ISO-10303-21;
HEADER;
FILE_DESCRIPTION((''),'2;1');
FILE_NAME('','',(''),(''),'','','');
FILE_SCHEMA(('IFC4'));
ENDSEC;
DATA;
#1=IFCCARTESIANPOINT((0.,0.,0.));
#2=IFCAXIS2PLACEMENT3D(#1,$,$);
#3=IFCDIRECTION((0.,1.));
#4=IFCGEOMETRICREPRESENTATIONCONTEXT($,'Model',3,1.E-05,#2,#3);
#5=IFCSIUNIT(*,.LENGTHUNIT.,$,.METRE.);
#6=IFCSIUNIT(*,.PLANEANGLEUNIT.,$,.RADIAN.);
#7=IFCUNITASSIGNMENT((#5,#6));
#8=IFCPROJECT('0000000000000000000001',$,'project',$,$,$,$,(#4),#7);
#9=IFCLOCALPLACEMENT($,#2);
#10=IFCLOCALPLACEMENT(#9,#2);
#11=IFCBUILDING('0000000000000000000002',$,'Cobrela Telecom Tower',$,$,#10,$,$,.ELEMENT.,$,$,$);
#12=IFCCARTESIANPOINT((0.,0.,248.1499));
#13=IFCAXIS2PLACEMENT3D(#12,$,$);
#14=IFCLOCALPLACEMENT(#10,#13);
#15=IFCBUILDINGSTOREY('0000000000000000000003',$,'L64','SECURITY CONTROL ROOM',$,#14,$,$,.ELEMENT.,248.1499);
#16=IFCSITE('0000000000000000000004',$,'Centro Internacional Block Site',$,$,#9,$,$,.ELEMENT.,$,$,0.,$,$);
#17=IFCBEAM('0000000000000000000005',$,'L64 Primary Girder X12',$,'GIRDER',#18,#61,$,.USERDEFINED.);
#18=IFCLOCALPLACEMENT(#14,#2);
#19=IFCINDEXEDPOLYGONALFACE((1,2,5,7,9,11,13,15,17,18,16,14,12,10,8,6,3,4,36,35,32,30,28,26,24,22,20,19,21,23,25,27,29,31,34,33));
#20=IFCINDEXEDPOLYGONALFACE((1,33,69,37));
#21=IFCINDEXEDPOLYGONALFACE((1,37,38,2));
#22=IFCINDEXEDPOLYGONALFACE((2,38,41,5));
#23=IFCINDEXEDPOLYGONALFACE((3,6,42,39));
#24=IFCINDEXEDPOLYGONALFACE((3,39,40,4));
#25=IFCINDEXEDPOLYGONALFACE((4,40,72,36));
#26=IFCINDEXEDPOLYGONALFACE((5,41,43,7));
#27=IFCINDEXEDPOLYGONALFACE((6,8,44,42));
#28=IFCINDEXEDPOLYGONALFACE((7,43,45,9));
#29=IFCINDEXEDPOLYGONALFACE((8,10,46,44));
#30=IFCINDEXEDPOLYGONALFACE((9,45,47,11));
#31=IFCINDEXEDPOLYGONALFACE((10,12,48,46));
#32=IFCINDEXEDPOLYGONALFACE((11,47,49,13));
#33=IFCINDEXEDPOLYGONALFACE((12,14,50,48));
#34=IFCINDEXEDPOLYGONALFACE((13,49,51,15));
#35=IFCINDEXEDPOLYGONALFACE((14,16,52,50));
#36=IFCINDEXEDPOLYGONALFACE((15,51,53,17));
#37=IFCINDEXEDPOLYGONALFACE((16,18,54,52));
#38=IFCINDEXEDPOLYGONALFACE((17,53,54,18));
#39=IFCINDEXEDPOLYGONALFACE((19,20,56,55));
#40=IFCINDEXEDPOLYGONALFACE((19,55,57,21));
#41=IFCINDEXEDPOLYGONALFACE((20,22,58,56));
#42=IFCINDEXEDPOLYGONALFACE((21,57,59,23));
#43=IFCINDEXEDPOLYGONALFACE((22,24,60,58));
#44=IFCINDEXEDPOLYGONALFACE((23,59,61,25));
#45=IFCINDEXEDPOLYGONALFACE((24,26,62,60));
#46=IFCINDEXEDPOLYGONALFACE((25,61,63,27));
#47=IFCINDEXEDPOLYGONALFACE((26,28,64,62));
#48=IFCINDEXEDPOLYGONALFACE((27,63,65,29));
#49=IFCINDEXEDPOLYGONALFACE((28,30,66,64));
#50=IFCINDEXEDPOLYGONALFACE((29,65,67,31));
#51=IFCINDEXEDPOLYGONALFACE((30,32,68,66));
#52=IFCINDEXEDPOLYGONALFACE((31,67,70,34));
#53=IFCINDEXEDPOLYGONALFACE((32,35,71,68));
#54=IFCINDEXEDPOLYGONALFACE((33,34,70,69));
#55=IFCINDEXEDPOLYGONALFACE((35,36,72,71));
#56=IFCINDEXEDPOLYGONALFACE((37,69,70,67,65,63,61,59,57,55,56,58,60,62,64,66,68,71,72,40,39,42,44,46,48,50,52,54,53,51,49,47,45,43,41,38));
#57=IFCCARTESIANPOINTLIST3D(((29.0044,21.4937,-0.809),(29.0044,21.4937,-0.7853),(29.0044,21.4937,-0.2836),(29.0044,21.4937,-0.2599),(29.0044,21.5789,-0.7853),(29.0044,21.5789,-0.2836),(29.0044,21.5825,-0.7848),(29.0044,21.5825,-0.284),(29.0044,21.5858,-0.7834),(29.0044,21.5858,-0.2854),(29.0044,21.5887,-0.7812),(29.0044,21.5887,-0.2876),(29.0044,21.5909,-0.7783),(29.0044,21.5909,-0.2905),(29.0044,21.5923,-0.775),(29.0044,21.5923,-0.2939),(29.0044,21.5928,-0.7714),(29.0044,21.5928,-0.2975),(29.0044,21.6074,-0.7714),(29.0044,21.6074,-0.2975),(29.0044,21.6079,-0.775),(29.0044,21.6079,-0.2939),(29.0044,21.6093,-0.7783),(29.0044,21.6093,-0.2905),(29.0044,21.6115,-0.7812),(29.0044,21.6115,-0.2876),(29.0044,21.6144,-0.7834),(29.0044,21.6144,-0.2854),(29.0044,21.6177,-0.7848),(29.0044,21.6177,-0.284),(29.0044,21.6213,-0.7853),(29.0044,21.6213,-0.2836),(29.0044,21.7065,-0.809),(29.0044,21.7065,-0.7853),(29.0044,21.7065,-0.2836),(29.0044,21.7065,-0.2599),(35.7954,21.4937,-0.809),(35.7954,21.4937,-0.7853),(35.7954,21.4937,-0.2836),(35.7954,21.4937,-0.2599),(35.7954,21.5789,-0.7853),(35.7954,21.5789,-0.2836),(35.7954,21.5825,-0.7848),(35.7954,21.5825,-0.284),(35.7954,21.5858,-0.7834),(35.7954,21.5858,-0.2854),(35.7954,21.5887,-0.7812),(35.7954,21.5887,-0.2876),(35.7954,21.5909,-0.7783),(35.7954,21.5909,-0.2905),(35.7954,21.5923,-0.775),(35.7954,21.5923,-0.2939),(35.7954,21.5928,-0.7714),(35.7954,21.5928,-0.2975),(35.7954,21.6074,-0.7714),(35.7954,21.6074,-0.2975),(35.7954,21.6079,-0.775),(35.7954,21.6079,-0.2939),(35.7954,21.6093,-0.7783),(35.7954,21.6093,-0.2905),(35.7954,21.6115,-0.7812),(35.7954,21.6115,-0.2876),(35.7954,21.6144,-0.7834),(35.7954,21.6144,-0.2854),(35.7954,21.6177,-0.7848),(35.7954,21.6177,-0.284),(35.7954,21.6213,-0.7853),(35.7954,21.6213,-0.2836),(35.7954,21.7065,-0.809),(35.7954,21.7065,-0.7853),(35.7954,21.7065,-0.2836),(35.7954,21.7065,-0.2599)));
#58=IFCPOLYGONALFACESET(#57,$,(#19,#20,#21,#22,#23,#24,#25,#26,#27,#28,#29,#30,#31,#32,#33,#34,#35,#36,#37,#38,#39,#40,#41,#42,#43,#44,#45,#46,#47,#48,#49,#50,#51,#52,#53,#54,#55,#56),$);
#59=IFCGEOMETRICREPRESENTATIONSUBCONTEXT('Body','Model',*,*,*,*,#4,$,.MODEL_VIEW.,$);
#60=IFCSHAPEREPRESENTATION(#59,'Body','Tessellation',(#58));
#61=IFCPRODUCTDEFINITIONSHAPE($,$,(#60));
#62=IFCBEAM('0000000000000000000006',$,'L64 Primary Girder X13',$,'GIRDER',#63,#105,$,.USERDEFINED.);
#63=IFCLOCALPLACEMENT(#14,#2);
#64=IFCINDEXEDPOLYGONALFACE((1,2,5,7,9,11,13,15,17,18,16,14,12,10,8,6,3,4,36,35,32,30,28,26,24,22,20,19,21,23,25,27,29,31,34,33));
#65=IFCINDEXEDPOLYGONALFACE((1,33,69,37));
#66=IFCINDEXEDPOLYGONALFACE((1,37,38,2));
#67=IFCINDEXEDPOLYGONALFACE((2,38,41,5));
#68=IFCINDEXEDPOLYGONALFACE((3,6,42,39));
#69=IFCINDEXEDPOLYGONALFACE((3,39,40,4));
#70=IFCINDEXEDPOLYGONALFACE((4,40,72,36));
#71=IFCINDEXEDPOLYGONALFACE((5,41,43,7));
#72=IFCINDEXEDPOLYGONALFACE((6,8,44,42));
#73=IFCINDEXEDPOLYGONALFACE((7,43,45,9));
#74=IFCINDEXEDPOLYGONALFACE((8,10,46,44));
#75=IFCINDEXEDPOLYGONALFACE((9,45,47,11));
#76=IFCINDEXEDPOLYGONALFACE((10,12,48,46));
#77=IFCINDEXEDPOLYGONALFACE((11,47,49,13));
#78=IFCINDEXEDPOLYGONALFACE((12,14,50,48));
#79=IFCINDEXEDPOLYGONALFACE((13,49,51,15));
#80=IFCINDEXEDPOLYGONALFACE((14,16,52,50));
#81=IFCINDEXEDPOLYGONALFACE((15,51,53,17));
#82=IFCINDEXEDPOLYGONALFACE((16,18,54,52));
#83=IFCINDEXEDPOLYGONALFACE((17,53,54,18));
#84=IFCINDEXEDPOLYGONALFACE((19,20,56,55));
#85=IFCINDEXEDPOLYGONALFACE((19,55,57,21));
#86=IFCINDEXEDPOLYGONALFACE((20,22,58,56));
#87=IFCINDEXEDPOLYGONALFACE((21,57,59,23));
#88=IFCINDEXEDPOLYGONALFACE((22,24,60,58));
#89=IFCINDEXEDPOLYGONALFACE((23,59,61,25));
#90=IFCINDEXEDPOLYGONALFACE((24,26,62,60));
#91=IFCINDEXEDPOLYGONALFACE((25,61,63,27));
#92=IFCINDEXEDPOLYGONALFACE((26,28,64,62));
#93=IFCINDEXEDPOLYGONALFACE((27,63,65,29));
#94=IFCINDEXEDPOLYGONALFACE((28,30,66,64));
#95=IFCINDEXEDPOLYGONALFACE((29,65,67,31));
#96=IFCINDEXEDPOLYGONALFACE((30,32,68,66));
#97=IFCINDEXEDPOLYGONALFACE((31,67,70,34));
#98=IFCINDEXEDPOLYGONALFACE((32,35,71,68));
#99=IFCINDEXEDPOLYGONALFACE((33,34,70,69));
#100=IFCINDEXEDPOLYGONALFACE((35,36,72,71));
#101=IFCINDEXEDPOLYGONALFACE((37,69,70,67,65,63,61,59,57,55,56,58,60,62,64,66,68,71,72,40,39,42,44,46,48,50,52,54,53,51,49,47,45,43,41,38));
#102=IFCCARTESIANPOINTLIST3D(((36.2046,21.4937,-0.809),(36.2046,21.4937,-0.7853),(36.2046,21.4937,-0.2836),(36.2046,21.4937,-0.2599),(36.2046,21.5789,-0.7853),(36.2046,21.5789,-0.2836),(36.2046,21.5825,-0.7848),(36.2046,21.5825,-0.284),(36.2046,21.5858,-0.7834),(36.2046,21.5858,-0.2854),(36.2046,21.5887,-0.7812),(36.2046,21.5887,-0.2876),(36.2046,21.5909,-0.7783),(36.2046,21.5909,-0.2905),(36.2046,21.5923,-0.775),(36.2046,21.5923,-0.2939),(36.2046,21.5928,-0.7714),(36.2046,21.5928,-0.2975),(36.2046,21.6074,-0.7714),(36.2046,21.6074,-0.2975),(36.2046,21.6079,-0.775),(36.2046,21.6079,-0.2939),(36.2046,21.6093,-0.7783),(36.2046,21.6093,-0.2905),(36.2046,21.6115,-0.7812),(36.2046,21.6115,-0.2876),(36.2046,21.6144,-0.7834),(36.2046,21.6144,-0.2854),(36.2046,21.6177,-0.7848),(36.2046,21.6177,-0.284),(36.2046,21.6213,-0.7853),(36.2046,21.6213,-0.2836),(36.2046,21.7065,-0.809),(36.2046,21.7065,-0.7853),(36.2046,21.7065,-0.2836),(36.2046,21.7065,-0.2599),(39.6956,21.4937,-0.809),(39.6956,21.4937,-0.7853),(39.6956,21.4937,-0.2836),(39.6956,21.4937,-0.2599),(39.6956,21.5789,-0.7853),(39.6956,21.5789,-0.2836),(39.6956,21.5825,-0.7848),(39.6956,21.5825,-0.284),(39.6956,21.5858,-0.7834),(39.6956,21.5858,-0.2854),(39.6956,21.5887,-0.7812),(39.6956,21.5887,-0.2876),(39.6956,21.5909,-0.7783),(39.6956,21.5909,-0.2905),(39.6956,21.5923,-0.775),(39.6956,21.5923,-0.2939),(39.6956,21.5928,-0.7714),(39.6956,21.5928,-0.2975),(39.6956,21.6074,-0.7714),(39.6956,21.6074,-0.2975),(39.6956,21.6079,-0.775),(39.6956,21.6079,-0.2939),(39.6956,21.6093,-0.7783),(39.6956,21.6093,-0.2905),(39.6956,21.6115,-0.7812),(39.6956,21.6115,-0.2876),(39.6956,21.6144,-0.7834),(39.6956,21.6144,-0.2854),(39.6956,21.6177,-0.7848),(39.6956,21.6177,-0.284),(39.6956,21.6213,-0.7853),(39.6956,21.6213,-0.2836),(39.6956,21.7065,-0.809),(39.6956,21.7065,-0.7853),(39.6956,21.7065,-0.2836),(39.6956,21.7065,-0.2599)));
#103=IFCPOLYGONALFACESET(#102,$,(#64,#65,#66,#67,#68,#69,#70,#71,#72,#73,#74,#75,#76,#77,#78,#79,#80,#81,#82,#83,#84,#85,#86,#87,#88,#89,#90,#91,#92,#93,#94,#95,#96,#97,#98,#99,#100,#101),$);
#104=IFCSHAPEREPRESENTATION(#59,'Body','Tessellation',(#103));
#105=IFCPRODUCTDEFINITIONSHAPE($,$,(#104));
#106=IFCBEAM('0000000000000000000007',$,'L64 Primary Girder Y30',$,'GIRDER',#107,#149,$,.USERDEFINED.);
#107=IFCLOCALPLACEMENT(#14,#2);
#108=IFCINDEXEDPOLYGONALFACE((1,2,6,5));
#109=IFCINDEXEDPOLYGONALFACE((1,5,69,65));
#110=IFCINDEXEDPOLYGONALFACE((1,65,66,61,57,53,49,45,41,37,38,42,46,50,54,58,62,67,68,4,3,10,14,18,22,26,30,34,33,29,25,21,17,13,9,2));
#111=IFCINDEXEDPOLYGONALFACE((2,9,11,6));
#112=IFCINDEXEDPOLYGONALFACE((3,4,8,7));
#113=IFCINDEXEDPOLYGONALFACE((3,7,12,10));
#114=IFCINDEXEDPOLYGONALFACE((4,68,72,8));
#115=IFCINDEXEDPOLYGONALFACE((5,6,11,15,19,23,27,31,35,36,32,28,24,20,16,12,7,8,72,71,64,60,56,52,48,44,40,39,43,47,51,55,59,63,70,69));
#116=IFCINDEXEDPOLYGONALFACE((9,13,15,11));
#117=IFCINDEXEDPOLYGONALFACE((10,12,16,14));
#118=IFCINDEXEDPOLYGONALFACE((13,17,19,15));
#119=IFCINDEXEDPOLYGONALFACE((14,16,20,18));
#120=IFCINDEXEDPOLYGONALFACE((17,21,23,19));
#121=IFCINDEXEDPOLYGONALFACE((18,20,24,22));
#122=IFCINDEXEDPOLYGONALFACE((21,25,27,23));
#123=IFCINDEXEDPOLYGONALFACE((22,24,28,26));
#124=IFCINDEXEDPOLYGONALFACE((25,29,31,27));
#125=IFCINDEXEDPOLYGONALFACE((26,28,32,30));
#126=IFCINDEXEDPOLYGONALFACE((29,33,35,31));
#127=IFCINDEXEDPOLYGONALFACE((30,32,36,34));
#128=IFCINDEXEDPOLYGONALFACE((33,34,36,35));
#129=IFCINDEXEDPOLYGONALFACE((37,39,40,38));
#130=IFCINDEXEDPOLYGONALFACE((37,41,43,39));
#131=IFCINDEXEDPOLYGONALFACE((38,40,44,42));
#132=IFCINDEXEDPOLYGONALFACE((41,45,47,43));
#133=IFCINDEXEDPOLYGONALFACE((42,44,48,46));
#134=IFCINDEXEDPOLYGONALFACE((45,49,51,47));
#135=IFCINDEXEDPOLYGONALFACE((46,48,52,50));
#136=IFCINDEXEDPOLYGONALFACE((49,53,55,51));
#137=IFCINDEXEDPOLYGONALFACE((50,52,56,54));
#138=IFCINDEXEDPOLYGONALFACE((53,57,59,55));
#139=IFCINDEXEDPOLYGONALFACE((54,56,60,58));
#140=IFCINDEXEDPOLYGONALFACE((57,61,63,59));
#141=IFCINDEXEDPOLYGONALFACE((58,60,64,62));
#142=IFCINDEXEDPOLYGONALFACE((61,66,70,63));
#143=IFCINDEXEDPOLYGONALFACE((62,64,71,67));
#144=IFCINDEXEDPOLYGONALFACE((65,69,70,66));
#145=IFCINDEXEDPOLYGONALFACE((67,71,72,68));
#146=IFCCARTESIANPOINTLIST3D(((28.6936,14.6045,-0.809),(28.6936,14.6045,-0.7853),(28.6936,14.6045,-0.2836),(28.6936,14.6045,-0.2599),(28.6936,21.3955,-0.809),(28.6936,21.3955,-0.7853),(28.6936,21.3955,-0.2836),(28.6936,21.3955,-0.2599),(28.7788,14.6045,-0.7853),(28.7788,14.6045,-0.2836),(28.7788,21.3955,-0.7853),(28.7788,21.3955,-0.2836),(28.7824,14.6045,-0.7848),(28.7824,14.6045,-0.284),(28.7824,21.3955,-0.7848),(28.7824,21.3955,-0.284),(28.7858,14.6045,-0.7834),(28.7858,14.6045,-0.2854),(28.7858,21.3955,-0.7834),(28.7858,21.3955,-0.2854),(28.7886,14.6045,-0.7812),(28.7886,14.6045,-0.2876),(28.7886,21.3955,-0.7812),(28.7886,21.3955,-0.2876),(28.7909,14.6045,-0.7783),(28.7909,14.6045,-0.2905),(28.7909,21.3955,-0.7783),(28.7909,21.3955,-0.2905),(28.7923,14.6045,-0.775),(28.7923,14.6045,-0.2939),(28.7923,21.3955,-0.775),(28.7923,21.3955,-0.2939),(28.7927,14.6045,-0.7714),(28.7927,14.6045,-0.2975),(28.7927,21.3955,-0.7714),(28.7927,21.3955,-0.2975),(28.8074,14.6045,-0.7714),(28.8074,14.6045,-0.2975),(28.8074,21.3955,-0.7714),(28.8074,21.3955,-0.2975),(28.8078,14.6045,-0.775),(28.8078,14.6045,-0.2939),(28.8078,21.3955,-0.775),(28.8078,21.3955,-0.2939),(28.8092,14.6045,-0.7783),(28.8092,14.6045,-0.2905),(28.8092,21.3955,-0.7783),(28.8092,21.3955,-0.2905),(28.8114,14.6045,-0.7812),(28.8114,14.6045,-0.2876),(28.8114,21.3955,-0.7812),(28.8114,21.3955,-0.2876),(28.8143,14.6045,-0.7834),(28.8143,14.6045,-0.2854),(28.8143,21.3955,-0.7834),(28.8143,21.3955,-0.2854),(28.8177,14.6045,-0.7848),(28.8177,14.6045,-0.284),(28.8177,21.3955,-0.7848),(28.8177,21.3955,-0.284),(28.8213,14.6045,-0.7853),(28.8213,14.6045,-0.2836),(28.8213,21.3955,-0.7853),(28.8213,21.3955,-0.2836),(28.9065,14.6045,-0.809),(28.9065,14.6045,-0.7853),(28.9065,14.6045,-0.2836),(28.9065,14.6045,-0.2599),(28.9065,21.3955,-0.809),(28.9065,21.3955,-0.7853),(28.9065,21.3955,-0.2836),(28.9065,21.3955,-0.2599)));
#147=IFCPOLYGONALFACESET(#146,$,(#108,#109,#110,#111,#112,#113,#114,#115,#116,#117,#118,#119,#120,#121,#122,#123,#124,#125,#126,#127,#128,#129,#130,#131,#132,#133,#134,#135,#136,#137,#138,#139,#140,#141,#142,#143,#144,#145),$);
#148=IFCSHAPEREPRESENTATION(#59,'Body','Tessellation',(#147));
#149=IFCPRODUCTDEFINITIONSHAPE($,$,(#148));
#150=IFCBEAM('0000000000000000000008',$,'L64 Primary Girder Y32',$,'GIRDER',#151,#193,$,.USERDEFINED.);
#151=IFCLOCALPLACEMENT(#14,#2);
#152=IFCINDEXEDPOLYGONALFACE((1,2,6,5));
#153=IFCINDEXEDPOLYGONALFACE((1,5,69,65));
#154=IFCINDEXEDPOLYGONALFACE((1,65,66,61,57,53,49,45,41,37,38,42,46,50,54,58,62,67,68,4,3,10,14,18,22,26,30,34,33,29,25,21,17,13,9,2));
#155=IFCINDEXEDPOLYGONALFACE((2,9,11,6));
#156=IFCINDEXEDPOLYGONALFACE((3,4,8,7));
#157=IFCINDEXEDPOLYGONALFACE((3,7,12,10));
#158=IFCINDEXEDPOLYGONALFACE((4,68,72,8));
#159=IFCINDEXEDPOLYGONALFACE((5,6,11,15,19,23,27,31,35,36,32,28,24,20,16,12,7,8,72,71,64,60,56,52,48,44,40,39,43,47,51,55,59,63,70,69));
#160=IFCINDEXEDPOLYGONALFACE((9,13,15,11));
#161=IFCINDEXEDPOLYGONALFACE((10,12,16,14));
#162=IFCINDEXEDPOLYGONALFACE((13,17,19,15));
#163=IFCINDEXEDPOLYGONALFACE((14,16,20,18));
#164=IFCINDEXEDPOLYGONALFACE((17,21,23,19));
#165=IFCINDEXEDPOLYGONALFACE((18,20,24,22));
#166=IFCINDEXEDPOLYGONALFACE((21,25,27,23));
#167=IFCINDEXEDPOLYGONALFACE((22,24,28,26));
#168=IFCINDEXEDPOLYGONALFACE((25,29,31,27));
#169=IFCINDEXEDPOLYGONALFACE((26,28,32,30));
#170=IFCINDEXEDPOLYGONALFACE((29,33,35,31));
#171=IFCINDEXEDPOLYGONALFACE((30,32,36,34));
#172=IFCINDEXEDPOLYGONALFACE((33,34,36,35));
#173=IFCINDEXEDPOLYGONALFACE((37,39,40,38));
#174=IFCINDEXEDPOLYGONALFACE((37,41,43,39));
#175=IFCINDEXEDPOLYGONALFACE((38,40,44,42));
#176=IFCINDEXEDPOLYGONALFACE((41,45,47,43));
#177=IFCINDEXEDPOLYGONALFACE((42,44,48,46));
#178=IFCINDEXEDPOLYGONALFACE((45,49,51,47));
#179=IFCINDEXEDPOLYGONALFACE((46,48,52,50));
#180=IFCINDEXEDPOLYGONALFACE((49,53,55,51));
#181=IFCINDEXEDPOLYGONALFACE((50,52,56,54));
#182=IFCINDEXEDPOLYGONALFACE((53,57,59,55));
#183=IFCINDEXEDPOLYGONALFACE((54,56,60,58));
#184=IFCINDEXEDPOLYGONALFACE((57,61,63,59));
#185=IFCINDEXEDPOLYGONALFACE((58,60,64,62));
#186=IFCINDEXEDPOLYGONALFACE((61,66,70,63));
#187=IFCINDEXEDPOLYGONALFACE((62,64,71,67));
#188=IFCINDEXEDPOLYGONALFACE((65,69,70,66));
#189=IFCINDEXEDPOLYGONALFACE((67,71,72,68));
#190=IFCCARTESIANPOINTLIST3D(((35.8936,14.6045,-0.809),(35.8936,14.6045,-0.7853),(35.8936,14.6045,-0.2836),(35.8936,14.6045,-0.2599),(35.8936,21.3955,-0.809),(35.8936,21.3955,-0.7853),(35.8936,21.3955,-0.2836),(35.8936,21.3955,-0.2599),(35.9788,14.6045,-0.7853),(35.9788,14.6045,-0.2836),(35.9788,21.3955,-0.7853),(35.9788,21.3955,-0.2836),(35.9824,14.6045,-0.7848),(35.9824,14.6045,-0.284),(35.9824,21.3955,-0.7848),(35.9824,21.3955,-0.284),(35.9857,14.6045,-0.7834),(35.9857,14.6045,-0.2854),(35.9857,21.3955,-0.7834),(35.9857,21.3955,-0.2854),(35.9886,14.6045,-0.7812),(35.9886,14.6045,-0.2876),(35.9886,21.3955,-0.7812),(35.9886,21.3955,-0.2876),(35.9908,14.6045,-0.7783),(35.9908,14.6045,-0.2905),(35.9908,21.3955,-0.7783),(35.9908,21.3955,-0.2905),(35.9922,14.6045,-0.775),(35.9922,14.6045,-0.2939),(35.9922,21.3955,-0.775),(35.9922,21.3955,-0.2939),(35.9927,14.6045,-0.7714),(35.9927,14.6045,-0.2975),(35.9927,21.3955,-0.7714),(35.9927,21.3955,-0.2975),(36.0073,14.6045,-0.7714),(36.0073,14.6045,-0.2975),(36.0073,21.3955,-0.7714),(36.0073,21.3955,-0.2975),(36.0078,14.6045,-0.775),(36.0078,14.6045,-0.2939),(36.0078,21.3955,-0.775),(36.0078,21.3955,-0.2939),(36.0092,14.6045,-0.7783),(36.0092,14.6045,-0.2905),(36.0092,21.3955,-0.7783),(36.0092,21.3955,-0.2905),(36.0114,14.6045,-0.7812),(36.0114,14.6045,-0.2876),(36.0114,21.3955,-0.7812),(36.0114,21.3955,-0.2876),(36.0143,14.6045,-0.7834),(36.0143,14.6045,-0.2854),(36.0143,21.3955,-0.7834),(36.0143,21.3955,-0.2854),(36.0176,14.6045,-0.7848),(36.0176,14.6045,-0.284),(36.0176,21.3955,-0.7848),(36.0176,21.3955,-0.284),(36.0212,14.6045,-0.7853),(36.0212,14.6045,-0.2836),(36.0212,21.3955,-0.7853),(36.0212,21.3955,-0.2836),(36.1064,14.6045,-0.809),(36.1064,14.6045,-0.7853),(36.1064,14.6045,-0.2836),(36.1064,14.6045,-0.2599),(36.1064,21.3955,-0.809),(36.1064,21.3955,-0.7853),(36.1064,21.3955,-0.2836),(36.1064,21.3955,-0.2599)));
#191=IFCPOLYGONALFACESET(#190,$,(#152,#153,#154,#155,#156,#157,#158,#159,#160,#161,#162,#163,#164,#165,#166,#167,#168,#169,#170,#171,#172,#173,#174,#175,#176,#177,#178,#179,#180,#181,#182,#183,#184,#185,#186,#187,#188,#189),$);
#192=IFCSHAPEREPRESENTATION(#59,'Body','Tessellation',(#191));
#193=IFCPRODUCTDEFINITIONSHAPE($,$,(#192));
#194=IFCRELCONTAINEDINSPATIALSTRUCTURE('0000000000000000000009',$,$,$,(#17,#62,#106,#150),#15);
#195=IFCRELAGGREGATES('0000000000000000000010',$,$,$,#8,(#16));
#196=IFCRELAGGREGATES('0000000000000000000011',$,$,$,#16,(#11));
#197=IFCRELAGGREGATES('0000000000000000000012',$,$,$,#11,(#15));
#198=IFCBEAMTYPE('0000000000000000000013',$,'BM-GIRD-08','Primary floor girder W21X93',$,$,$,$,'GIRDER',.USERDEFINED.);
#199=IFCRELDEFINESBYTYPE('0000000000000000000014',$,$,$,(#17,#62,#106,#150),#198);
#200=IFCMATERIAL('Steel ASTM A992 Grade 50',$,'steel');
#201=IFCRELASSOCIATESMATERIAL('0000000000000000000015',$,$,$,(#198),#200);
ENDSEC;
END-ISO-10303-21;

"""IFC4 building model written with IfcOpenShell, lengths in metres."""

from ifc_helpers import new_model, si_unit, direction, frame, origin, origin_2d, place, context, subcontext, project, spatial, i_section, extrude, material, material_profile, profile_set, type_object, element, save


model = new_model("IFC4")

# Units and contexts
model_context = context("Model", 3, precision=1e-05, world=origin(), true_north=direction((0.0, 1.0)))
body_context = subcontext(model_context, "Body", "Model", "MODEL_VIEW")
ifc_project = project(units=[si_unit("LENGTHUNIT", "METRE"), si_unit("PLANEANGLEUNIT", "RADIAN")], contexts=[model_context])

# Site, building, storey
site_placement = place(None, origin())
site = spatial("IfcSite", under=ifc_project, at=site_placement, Name="Centro Internacional Block Site", CompositionType="ELEMENT", RefElevation=0.0)
building_placement = place(site_placement, origin())
building = spatial("IfcBuilding", under=site, at=building_placement, Name="Cobrela Telecom Tower", CompositionType="ELEMENT")
storey_placement = place(building_placement, frame((0.0, 0.0, 248.1499)))
storey = spatial("IfcBuildingStorey", under=building, at=storey_placement, Name="L64", Description="SECURITY CONTROL ROOM", CompositionType="ELEMENT", Elevation=248.1499)

# Shared definitions
ifc_material_1 = material(Name="Steel ASTM A992 Grade 50", Category="steel")

# Beams
ifc_material_profile_1 = material_profile(ifc_material_1, i_section(OverallWidth=0.2129, OverallDepth=0.5491, WebThickness=0.0146, FlangeThickness=0.0237, FilletRadius=0.0139, at=origin_2d()), Name="W21X93")
ifc_profile_set_1 = profile_set([ifc_material_profile_1], Name="Steel ASTM A992 Grade 50")
beam_type_1 = type_object("IfcBeamType", Name="BM-GIRD-08", Description="Primary floor girder W21X93", ElementType="GIRDER", PredefinedType="USERDEFINED", material=ifc_profile_set_1)
beam_1_placement = place(storey_placement, frame((29.0044, 21.6001, -0.5344), z_axis=(1.0, 0.0, 0.0), x_axis=(0.0, 1.0, 0.0)))
element("IfcBeam", 1, at=beam_1_placement, inside=storey, type_object=beam_type_1, Name="L64 Primary Girder X12", ObjectType="GIRDER", PredefinedType="USERDEFINED", context=body_context, shape_type="SweptSolid", body=[
    extrude(i_section(OverallWidth=0.2129, OverallDepth=0.5491, WebThickness=0.0146, FlangeThickness=0.0237, FilletRadius=0.0139, at=origin_2d()), origin(), (0.0, 0.0, 1.0), 6.791),
])
beam_2_placement = place(storey_placement, frame((36.2046, 21.6001, -0.5344), z_axis=(1.0, 0.0, 0.0), x_axis=(0.0, 1.0, 0.0)))
element("IfcBeam", 2, at=beam_2_placement, inside=storey, type_object=beam_type_1, Name="L64 Primary Girder X13", ObjectType="GIRDER", PredefinedType="USERDEFINED", context=body_context, shape_type="SweptSolid", body=[
    extrude(i_section(OverallWidth=0.2129, OverallDepth=0.5491, WebThickness=0.0146, FlangeThickness=0.0237, FilletRadius=0.0139, at=origin_2d()), origin(), (0.0, 0.0, 1.0), 3.491),
])
for number, where, z_axis, x_axis, name in (
    (3, (28.8, 14.6045, -0.5344), (0.0, 1.0, 0.0), (-1.0, 0.0, 0.0), "L64 Primary Girder Y30"),
    (4, (36.0, 14.6045, -0.5344), (0.0, 1.0, 0.0), (-1.0, 0.0, 0.0), "L64 Primary Girder Y32"),
):
    element("IfcBeam", number, at=place(storey_placement, frame(where, z_axis=z_axis, x_axis=x_axis)), inside=storey, type_object=beam_type_1, Name=name, ObjectType="GIRDER", PredefinedType="USERDEFINED", context=body_context, shape_type="SweptSolid", body=[
        extrude(i_section(OverallWidth=0.2129, OverallDepth=0.5491, WebThickness=0.0146, FlangeThickness=0.0237, FilletRadius=0.0139, at=origin_2d()), origin(), (0.0, 0.0, 1.0), 6.791),
    ])

save(model, "model.ifc")
